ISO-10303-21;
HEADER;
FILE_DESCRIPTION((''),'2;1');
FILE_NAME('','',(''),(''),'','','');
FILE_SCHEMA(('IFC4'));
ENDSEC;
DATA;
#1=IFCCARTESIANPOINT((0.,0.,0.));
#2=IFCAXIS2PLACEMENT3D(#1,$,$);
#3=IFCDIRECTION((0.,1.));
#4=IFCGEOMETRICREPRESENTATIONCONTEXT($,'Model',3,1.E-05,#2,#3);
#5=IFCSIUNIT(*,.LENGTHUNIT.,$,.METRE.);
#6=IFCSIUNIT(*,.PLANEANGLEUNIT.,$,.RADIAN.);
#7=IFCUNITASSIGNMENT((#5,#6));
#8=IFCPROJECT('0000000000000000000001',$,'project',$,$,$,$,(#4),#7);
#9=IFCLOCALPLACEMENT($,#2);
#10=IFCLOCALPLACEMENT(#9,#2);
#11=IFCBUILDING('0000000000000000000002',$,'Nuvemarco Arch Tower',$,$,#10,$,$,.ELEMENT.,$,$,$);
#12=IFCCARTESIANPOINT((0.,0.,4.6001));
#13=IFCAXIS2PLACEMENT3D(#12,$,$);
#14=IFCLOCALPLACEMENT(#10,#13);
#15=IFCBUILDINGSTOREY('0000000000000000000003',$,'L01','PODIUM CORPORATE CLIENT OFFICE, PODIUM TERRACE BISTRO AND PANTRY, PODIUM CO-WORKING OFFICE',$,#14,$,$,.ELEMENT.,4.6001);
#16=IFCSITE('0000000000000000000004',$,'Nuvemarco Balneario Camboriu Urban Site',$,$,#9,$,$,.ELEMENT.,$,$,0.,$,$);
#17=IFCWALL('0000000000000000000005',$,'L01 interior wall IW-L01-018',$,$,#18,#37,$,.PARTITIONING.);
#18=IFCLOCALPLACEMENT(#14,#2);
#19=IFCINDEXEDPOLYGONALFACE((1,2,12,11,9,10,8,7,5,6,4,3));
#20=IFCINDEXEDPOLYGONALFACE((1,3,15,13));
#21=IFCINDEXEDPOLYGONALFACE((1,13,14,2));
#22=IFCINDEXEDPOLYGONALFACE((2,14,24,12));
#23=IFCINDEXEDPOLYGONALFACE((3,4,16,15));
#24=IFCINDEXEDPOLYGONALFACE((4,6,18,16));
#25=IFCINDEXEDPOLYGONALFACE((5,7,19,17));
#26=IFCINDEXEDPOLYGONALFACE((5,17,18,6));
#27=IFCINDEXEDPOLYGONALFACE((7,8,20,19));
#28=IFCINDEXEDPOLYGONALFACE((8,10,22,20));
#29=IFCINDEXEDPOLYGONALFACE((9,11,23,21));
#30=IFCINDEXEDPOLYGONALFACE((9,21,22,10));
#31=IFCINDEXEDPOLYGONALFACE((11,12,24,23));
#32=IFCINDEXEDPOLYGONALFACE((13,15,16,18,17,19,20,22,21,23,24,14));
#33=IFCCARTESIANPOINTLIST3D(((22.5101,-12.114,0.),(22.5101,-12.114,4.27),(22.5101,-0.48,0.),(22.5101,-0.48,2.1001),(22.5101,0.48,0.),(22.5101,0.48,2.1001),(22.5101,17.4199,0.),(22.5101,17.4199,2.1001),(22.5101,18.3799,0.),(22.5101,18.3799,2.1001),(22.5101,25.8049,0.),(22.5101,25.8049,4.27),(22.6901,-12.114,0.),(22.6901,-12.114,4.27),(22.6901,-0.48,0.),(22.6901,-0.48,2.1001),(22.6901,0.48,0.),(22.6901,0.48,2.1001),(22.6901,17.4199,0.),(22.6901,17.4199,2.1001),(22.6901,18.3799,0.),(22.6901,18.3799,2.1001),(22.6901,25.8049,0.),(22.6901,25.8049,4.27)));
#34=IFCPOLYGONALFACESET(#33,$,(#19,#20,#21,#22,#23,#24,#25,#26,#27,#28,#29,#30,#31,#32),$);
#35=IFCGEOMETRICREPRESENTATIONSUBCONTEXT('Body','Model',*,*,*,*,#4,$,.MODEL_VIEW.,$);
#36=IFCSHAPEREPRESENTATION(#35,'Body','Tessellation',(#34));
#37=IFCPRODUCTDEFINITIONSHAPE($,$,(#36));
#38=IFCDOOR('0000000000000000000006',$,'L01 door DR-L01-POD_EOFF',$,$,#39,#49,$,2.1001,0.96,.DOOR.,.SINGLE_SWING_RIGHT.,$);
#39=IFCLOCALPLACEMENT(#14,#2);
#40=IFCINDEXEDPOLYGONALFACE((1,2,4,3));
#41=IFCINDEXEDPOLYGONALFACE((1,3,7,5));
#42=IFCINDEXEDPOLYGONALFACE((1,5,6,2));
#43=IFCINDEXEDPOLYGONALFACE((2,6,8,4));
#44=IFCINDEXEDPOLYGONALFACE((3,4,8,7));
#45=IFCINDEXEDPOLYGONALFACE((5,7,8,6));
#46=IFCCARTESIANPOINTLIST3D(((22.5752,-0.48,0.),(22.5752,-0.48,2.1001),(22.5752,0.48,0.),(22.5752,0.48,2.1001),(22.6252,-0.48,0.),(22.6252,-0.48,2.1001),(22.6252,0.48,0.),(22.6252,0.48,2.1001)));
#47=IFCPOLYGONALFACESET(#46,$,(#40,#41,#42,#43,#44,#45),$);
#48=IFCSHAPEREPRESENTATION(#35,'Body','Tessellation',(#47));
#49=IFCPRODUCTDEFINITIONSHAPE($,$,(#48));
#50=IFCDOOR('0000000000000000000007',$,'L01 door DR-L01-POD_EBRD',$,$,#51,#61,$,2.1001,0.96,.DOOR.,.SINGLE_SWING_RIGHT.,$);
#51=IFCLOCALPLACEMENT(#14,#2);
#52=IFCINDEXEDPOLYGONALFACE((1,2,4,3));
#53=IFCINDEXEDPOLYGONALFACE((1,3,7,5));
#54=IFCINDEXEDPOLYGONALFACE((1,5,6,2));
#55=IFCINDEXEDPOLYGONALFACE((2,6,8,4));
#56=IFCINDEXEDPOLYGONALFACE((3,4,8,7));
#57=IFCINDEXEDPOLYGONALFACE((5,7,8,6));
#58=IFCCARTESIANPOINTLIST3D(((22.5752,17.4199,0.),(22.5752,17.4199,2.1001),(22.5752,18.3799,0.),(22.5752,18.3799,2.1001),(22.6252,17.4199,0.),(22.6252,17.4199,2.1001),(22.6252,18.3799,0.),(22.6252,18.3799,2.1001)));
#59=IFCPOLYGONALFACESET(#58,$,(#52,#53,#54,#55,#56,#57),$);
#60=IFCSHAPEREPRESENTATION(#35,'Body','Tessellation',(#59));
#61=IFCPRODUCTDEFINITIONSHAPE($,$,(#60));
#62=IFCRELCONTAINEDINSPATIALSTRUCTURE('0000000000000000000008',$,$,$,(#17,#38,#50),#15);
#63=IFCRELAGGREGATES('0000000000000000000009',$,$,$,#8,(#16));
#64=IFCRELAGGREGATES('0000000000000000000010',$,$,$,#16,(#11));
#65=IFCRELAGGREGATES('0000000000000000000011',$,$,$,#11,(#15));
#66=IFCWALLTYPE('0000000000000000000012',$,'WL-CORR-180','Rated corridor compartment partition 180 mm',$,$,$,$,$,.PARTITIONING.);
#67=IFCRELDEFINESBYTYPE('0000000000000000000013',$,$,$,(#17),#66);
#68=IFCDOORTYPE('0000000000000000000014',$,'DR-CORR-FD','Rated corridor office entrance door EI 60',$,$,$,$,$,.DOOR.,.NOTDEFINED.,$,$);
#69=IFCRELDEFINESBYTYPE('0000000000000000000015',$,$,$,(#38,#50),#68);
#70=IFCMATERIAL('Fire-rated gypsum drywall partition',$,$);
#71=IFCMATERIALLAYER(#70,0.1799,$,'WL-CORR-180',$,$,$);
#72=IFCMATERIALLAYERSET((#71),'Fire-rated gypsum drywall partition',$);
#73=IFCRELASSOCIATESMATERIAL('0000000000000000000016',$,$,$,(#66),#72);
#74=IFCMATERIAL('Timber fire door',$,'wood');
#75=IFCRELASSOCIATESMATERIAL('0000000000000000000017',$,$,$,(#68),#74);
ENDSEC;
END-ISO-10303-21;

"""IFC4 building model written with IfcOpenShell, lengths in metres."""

from ifc_helpers import new_model, si_unit, direction, frame, frame_2d, origin, place, context, subcontext, project, spatial, rectangle, extrude, source, transform, mapped, material, layer, layer_set, type_object, type_shapes, element, fill, save


model = new_model("IFC4")

# Units and contexts
model_context = context("Model", 3, precision=1e-05, world=origin(), true_north=direction((0.0, 1.0)))
body_context = subcontext(model_context, "Body", "Model", "MODEL_VIEW")
ifc_project = project(units=[si_unit("LENGTHUNIT", "METRE"), si_unit("PLANEANGLEUNIT", "RADIAN")], contexts=[model_context])

# Site, building, storey
site_placement = place(None, origin())
site = spatial("IfcSite", under=ifc_project, at=site_placement, Name="Nuvemarco Balneario Camboriu Urban Site", CompositionType="ELEMENT", RefElevation=0.0)
building_placement = place(site_placement, origin())
building = spatial("IfcBuilding", under=site, at=building_placement, Name="Nuvemarco Arch Tower", CompositionType="ELEMENT")
storey_placement = place(building_placement, frame((0.0, 0.0, 4.6001)))
storey = spatial("IfcBuildingStorey", under=building, at=storey_placement, Name="L01", Description="PODIUM CORPORATE CLIENT OFFICE, PODIUM TERRACE BISTRO AND PANTRY, PODIUM CO-WORKING OFFICE", CompositionType="ELEMENT", Elevation=4.6001)

# Wall, openings, doors
ifc_material_1 = material(Name="Fire-rated gypsum drywall partition")
ifc_layer_1 = layer(ifc_material_1, 0.1799, Name="WL-CORR-180")
ifc_layer_set_1 = layer_set([ifc_layer_1], Name="Fire-rated gypsum drywall partition")
wall_type_1 = type_object("IfcWallType", Name="WL-CORR-180", Description="Rated corridor compartment partition 180 mm", PredefinedType="PARTITIONING", material=ifc_layer_set_1)
wall_1_placement = place(storey_placement, frame((22.6001, -12.114, 0.0), z_axis=(0.0, 0.0, 1.0), x_axis=(0.0, 1.0, 0.0)))
wall_1 = element("IfcWall", 1, at=wall_1_placement, inside=storey, type_object=wall_type_1, Name="L01 interior wall IW-L01-018", PredefinedType="PARTITIONING", context=body_context, shape_type="SweptSolid", body=[
    extrude(rectangle(XDim=37.9189, YDim=0.1799, at=frame_2d((18.9595, 0.0))), origin(), (0.0, 0.0, 1.0), 4.27),
])
opening_1_placement = place(wall_1_placement, frame((11.634, 0.0, 0.0)))
opening_1 = element("IfcOpeningElement", 2, at=opening_1_placement, cuts=wall_1, PredefinedType="OPENING", context=body_context, shape_type="SweptSolid", body=[
    extrude(rectangle(XDim=0.96, YDim=2.1001, at=frame_2d((0.48, 1.05))), frame((0.0, 0.0999, 0.0), z_axis=(0.0, -1.0, 0.0), x_axis=(1.0, 0.0, 0.0)), (0.0, 0.0, 1.0), 0.2),
])
opening_2_placement = place(wall_1_placement, frame((29.5339, 0.0, 0.0)))
opening_2 = element("IfcOpeningElement", 3, at=opening_2_placement, cuts=wall_1, PredefinedType="OPENING", context=body_context, shape_type="SweptSolid", body=[
    extrude(rectangle(XDim=0.96, YDim=2.1001, at=frame_2d((0.48, 1.05))), frame((0.0, 0.0999, 0.0), z_axis=(0.0, -1.0, 0.0), x_axis=(1.0, 0.0, 0.0)), (0.0, 0.0, 1.0), 0.2),
])
ifc_material_2 = material(Name="Timber fire door", Category="wood")
door_type = type_object("IfcDoorType", Name="DR-CORR-FD", Description="Rated corridor office entrance door EI 60", OperationType="NOTDEFINED", PredefinedType="DOOR", material=ifc_material_2)
shared_shape_1 = source(origin(), body_context, "Body", "SweptSolid", [
    extrude(rectangle(XDim=0.96, YDim=2.1001, at=frame_2d((0.48, 1.05))), frame((0.0, 0.0249, 0.0), z_axis=(0.0, -1.0, 0.0), x_axis=(1.0, 0.0, 0.0)), (0.0, 0.0, 1.0), 0.05),
])
type_shapes(door_type, [shared_shape_1])
door_1_placement = place(opening_1_placement, origin())
door_1 = element("IfcDoor", 4, at=door_1_placement, inside=storey, type_object=door_type, Name="L01 door DR-L01-POD_EOFF", OperationType="SINGLE_SWING_RIGHT", OverallHeight=2.1001, OverallWidth=0.96, PredefinedType="DOOR", context=body_context, shape_type="MappedRepresentation", body=[
    mapped(shared_shape_1, transform((0.0, 0.0, 0.0), scale=1.0)),
])
fill(opening_1, door_1)
door_2_placement = place(opening_2_placement, origin())
door_2 = element("IfcDoor", 5, at=door_2_placement, inside=storey, type_object=door_type, Name="L01 door DR-L01-POD_EBRD", OperationType="SINGLE_SWING_RIGHT", OverallHeight=2.1001, OverallWidth=0.96, PredefinedType="DOOR", context=body_context, shape_type="MappedRepresentation", body=[
    mapped(shared_shape_1, transform((0.0, 0.0, 0.0), scale=1.0)),
])
fill(opening_2, door_2)

save(model, "model.ifc")
